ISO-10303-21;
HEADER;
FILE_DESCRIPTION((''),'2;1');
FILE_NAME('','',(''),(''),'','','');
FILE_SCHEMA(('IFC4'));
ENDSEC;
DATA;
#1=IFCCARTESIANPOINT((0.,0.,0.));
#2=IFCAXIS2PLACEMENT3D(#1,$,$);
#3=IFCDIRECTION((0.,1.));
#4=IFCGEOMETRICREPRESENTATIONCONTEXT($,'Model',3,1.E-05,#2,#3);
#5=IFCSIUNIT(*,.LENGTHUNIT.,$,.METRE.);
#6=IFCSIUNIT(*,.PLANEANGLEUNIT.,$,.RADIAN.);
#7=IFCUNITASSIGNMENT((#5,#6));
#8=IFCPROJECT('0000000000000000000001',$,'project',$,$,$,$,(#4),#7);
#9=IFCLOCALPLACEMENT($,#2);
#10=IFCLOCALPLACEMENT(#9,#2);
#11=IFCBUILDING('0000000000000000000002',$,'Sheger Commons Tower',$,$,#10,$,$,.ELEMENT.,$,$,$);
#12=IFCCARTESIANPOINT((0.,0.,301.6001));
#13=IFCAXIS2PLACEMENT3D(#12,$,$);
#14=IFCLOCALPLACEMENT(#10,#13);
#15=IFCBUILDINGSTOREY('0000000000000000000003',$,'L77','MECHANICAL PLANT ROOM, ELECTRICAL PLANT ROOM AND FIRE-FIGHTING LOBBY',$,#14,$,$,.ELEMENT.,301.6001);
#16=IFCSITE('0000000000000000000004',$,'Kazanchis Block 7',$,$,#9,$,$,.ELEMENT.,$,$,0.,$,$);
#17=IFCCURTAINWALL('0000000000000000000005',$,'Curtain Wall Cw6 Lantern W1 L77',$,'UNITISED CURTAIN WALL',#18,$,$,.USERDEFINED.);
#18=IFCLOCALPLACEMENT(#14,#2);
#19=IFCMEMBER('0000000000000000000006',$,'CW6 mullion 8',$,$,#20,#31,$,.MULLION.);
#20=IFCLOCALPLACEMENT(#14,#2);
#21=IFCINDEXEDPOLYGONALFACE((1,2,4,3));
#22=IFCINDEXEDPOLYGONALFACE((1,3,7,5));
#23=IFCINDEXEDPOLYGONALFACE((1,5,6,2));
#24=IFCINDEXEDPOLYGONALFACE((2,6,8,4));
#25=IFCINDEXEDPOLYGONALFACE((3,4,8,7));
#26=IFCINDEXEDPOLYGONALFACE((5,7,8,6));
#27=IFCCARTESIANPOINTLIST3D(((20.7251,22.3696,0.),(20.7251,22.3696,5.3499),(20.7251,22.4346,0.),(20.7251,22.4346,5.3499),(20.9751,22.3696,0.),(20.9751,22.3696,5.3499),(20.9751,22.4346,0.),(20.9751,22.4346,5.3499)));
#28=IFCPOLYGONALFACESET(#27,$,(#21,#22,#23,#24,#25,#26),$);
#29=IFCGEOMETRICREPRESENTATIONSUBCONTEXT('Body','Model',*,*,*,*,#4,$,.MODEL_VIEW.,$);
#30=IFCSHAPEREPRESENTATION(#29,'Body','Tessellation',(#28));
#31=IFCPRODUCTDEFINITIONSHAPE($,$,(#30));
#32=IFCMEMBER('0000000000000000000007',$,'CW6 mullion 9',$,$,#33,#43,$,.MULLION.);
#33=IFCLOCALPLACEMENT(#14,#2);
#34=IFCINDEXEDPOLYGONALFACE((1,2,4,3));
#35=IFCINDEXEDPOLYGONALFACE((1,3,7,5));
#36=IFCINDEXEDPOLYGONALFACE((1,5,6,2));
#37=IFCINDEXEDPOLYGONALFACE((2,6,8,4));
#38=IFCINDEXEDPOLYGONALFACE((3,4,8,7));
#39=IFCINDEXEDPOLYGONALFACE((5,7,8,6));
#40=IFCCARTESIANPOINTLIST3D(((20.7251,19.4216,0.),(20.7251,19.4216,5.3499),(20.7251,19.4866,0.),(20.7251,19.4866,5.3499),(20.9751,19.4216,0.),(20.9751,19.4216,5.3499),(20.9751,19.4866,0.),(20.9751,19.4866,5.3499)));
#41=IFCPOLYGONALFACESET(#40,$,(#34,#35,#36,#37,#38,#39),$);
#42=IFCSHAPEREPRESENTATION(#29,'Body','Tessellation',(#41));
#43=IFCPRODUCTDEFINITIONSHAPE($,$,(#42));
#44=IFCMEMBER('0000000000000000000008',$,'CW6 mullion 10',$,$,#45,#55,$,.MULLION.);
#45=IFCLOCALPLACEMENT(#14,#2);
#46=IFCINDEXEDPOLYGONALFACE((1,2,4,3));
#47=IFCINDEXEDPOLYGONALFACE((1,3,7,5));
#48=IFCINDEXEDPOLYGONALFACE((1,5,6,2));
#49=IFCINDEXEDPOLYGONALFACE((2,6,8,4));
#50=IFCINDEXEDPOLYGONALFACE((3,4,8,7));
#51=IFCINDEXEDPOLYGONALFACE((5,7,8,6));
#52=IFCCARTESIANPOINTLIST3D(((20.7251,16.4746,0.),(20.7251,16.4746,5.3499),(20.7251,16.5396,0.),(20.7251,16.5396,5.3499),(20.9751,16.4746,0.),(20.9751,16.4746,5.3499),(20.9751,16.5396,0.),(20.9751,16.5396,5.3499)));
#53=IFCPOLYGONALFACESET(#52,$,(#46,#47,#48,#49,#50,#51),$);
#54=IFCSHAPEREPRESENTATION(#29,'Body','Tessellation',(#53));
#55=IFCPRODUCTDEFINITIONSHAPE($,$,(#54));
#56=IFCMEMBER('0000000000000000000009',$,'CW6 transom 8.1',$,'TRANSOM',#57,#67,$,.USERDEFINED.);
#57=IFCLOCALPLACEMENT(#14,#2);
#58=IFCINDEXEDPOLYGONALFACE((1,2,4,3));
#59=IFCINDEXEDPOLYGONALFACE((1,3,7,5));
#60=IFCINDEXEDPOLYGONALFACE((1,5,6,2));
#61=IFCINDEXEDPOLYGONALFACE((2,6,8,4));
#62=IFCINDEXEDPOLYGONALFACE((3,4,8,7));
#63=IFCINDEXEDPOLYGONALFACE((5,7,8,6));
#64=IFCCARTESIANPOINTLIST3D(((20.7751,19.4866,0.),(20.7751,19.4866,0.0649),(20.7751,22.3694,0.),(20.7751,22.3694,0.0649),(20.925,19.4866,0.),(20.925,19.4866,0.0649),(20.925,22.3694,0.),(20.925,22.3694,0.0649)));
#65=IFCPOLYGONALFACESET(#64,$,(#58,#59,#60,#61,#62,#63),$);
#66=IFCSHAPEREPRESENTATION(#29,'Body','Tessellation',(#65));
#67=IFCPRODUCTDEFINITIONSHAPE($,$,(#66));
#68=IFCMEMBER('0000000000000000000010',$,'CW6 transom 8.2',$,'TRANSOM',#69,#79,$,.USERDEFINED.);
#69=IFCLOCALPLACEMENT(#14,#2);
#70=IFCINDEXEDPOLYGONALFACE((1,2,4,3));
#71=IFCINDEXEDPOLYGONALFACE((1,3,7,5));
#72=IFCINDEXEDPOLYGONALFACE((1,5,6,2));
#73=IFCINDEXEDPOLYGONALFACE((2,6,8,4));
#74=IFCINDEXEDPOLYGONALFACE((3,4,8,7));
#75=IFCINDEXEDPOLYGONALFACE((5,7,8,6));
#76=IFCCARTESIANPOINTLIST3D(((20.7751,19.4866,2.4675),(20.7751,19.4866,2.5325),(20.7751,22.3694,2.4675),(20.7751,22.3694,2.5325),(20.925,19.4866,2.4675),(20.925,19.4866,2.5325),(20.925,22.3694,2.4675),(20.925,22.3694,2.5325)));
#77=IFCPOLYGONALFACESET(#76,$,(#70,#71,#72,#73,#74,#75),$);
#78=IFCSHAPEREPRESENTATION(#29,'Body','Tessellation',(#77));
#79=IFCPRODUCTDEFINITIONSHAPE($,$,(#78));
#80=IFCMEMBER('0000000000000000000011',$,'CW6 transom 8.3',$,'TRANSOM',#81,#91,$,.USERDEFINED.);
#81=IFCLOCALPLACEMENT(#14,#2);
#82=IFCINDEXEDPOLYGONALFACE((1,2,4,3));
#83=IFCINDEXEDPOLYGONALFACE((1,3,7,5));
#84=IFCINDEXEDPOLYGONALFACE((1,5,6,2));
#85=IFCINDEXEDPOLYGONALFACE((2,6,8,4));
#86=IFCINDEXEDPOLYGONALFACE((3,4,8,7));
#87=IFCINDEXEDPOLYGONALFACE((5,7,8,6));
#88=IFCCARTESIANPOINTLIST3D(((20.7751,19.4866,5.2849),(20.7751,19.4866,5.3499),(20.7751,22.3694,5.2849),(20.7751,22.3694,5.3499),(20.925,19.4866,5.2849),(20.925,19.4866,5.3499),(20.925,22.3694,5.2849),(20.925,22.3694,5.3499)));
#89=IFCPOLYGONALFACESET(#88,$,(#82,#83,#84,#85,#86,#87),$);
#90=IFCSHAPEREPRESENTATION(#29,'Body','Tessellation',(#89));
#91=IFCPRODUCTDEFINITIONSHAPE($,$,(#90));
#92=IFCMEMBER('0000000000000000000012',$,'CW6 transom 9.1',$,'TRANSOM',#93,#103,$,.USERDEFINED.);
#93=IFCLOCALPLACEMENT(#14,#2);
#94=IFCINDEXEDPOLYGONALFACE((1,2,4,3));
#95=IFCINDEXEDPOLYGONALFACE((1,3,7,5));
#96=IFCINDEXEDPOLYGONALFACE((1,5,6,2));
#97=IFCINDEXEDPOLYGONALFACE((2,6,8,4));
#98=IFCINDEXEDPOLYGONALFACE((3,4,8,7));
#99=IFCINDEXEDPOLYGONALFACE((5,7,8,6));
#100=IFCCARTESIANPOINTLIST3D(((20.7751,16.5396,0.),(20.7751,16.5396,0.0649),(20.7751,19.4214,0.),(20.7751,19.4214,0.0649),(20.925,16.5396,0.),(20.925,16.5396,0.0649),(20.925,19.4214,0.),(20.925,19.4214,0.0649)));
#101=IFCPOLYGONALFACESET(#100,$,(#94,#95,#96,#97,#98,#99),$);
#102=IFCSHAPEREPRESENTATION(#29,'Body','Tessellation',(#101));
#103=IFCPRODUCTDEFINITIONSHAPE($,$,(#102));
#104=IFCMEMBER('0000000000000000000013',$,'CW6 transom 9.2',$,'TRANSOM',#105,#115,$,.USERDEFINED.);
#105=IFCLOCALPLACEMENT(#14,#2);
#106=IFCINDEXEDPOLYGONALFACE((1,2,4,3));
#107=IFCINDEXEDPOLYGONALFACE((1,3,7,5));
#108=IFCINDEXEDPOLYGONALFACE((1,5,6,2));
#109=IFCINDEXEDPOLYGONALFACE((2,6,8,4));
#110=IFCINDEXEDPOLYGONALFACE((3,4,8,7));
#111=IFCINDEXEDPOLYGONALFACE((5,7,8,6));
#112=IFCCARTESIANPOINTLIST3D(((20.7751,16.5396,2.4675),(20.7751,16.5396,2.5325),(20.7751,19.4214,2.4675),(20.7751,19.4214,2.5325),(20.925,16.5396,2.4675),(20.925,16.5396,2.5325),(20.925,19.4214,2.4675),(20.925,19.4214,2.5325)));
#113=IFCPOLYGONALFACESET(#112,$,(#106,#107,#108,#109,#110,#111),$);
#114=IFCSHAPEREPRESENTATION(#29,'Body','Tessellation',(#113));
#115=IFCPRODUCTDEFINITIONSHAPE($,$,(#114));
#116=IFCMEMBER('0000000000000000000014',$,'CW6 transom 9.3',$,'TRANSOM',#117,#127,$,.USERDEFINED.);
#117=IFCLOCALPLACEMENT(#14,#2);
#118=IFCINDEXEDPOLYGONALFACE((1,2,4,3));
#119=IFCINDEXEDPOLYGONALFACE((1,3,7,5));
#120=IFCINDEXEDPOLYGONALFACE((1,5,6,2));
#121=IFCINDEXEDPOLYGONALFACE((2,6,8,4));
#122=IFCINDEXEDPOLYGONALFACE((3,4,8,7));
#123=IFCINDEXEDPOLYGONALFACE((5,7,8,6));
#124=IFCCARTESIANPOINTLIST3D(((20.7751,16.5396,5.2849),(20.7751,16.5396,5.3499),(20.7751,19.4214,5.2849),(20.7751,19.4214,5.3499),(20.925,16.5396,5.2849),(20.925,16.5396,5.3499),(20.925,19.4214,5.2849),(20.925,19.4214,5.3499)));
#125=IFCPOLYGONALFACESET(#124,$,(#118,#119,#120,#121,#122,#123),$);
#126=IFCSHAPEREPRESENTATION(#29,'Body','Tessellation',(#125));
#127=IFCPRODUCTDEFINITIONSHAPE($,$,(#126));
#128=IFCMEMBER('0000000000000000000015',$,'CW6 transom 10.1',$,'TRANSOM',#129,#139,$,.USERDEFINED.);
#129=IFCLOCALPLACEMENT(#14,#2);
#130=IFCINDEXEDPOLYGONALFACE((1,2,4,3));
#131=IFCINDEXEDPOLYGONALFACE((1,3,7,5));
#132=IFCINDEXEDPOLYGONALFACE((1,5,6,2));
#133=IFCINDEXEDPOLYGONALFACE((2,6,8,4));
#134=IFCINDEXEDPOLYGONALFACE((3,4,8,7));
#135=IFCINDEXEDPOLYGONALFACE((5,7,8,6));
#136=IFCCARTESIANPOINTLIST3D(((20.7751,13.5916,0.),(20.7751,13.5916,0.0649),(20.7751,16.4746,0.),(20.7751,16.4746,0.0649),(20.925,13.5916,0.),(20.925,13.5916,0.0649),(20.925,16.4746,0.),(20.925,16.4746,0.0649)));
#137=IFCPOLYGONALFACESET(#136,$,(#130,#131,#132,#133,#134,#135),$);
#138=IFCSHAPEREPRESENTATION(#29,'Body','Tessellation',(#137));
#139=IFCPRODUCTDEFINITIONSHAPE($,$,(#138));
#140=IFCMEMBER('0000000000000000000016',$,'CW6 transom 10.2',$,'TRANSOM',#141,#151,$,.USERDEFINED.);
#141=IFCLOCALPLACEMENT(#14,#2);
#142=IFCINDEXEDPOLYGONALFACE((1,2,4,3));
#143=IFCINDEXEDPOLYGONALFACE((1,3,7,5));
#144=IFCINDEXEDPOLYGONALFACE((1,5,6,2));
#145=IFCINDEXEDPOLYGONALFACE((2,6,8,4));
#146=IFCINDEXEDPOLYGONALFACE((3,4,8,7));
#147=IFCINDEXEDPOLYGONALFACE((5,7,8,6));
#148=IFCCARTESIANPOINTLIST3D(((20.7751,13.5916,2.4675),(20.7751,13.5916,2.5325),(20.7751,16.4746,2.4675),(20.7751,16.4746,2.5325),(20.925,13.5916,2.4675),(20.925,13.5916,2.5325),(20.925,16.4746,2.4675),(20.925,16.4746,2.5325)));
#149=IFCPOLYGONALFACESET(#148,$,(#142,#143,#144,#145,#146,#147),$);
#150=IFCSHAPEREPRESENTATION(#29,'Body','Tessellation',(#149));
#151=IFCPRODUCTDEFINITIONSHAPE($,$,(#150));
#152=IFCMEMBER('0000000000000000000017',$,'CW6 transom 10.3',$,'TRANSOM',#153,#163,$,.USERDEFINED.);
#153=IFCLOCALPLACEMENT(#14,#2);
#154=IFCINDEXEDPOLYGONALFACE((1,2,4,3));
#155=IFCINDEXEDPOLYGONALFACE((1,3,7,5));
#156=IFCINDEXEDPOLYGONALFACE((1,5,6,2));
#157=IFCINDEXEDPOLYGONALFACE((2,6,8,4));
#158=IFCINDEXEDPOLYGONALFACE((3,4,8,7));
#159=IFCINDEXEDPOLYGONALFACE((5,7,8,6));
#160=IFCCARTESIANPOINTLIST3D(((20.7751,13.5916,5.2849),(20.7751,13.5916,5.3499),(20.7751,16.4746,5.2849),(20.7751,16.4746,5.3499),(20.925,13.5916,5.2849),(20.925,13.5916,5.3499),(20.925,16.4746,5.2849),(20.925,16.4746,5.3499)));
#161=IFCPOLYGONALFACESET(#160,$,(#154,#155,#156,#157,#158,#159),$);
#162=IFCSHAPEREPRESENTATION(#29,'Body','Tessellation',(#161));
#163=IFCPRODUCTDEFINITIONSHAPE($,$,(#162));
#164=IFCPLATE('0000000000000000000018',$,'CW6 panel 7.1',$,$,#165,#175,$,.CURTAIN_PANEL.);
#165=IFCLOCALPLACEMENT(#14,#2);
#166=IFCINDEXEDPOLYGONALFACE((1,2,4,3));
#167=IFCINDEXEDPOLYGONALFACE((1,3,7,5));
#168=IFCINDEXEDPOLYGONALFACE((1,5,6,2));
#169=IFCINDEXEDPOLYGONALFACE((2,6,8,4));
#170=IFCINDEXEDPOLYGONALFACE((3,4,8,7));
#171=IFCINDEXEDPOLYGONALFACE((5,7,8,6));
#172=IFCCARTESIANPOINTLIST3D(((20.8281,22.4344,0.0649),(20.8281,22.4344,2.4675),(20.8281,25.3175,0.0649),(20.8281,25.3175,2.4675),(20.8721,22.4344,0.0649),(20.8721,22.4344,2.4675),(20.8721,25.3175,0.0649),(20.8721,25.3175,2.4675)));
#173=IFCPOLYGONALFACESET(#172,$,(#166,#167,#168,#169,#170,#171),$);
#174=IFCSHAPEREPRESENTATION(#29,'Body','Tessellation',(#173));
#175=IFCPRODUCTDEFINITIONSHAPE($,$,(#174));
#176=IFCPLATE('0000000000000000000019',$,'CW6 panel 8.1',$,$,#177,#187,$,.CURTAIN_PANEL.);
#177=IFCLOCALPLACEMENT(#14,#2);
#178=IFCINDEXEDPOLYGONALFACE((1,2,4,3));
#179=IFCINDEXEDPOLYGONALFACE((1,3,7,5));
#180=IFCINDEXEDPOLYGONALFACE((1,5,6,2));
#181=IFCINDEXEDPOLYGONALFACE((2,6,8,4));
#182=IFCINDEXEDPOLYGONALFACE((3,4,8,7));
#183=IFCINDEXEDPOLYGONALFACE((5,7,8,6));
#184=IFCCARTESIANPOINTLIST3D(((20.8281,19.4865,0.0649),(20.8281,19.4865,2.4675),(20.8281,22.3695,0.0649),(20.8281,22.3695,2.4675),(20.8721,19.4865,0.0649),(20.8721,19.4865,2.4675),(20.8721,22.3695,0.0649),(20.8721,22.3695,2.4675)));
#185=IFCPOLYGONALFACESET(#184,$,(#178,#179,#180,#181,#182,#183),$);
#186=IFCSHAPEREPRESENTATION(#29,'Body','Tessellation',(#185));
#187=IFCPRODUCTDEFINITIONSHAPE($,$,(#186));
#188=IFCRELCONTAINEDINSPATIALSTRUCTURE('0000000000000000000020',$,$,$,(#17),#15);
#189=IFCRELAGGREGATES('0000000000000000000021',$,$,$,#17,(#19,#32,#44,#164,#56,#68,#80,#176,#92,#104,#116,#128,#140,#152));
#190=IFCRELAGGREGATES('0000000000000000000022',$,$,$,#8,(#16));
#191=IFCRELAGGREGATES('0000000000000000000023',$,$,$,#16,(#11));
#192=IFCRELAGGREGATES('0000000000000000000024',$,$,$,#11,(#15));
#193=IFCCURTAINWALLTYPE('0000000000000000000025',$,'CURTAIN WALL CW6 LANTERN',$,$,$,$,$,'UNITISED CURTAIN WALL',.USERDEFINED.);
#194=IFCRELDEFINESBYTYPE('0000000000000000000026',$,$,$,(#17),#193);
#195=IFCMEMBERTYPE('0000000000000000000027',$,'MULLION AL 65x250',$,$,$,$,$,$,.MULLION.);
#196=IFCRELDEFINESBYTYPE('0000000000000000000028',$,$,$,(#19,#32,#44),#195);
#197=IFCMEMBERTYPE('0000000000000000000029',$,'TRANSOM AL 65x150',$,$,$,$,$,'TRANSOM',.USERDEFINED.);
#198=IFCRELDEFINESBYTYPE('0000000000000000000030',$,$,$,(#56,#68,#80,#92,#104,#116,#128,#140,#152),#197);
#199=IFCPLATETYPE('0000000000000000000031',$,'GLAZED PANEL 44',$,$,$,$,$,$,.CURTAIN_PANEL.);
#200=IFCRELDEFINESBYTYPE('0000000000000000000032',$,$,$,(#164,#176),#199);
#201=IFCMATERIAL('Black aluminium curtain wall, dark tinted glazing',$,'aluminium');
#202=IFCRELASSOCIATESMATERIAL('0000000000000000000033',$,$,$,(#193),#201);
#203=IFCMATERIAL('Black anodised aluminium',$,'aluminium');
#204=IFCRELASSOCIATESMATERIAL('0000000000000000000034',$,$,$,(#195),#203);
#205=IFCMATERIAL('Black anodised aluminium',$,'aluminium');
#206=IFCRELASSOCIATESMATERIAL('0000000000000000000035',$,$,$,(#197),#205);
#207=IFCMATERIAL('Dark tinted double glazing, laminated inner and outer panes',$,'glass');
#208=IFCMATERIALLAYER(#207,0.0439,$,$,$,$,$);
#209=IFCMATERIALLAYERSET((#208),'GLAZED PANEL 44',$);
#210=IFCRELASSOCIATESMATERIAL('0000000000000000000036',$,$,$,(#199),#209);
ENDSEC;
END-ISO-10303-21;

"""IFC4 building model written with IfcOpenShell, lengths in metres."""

from ifc_helpers import new_model, si_unit, direction, frame, origin, origin_2d, place, context, subcontext, project, spatial, rectangle, extrude, material, layer, layer_set, material_profile, profile_set, type_object, element, aggregate, save


model = new_model("IFC4")

# Units and contexts
model_context = context("Model", 3, precision=1e-05, world=origin(), true_north=direction((0.0, 1.0)))
body_context = subcontext(model_context, "Body", "Model", "MODEL_VIEW")
ifc_project = project(units=[si_unit("LENGTHUNIT", "METRE"), si_unit("PLANEANGLEUNIT", "RADIAN")], contexts=[model_context])

# Site, building, storey
site_placement = place(None, origin())
site = spatial("IfcSite", under=ifc_project, at=site_placement, Name="Kazanchis Block 7", CompositionType="ELEMENT", RefElevation=0.0)
building_placement = place(site_placement, origin())
building = spatial("IfcBuilding", under=site, at=building_placement, Name="Sheger Commons Tower", CompositionType="ELEMENT")
storey_placement = place(building_placement, frame((0.0, 0.0, 301.6001)))
storey = spatial("IfcBuildingStorey", under=building, at=storey_placement, Name="L77", Description="MECHANICAL PLANT ROOM, ELECTRICAL PLANT ROOM AND FIRE-FIGHTING LOBBY", CompositionType="ELEMENT", Elevation=301.6001)

# Curtain wall, members, plates
ifc_material_1 = material(Name="Black aluminium curtain wall, dark tinted glazing", Category="aluminium")
curtain_wall_type = type_object("IfcCurtainWallType", Name="CURTAIN WALL CW6 LANTERN", ElementType="UNITISED CURTAIN WALL", PredefinedType="USERDEFINED", material=ifc_material_1)
curtain_wall_placement = place(storey_placement, origin())
curtain_wall = element("IfcCurtainWall", 1, at=curtain_wall_placement, inside=storey, type_object=curtain_wall_type, Name="Curtain Wall Cw6 Lantern W1 L77", ObjectType="UNITISED CURTAIN WALL", PredefinedType="USERDEFINED")
ifc_material_2 = material(Name="Black anodised aluminium", Category="aluminium")
ifc_material_profile_1 = material_profile(ifc_material_2, rectangle(XDim=0.25, YDim=0.0649, at=origin_2d()), Name="AL 65x250")
ifc_profile_set_1 = profile_set([ifc_material_profile_1], Name="Black anodised aluminium")
member_type_1 = type_object("IfcMemberType", Name="MULLION AL 65x250", PredefinedType="MULLION", material=ifc_profile_set_1)
member_1_placement = place(storey_placement, frame((20.8501, 22.4021, 0.0), z_axis=(0.0, 0.0, 1.0), x_axis=(1.0, 0.0, 0.0)))
member_1 = element("IfcMember", 2, at=member_1_placement, type_object=member_type_1, Name="CW6 mullion 8", PredefinedType="MULLION", context=body_context, shape_type="SweptSolid", body=[
    extrude(rectangle(XDim=0.25, YDim=0.0649, at=origin_2d()), origin(), (0.0, 0.0, 1.0), 5.3499),
])
member_2_placement = place(storey_placement, frame((20.8501, 19.4541, 0.0), z_axis=(0.0, 0.0, 1.0), x_axis=(1.0, 0.0, 0.0)))
member_2 = element("IfcMember", 3, at=member_2_placement, type_object=member_type_1, Name="CW6 mullion 9", PredefinedType="MULLION", context=body_context, shape_type="SweptSolid", body=[
    extrude(rectangle(XDim=0.25, YDim=0.0649, at=origin_2d()), origin(), (0.0, 0.0, 1.0), 5.3499),
])
member_3_placement = place(storey_placement, frame((20.8501, 16.5071, 0.0), z_axis=(0.0, 0.0, 1.0), x_axis=(1.0, 0.0, 0.0)))
member_3 = element("IfcMember", 4, at=member_3_placement, type_object=member_type_1, Name="CW6 mullion 10", PredefinedType="MULLION", context=body_context, shape_type="SweptSolid", body=[
    extrude(rectangle(XDim=0.25, YDim=0.0649, at=origin_2d()), origin(), (0.0, 0.0, 1.0), 5.3499),
])
ifc_material_3 = material(Name="Black anodised aluminium", Category="aluminium")
ifc_material_profile_2 = material_profile(ifc_material_3, rectangle(XDim=0.1499, YDim=0.0649, at=origin_2d()), Name="AL 65x150")
ifc_profile_set_2 = profile_set([ifc_material_profile_2], Name="Black anodised aluminium")
member_type_2 = type_object("IfcMemberType", Name="TRANSOM AL 65x150", ElementType="TRANSOM", PredefinedType="USERDEFINED", material=ifc_profile_set_2)
member_4_placement = place(storey_placement, frame((20.8501, 22.3694, 0.0325), z_axis=(0.0, -1.0, 0.0), x_axis=(1.0, 0.0, 0.0)))
member_4 = element("IfcMember", 5, at=member_4_placement, type_object=member_type_2, Name="CW6 transom 8.1", ObjectType="TRANSOM", PredefinedType="USERDEFINED", context=body_context, shape_type="SweptSolid", body=[
    extrude(rectangle(XDim=0.1499, YDim=0.0649, at=origin_2d()), origin(), (0.0, 0.0, 1.0), 2.8828),
])
member_5_placement = place(storey_placement, frame((20.8501, 22.3694, 2.5), z_axis=(0.0, -1.0, 0.0), x_axis=(1.0, 0.0, 0.0)))
member_5 = element("IfcMember", 6, at=member_5_placement, type_object=member_type_2, Name="CW6 transom 8.2", ObjectType="TRANSOM", PredefinedType="USERDEFINED", context=body_context, shape_type="SweptSolid", body=[
    extrude(rectangle(XDim=0.1499, YDim=0.0649, at=origin_2d()), origin(), (0.0, 0.0, 1.0), 2.8828),
])
member_6_placement = place(storey_placement, frame((20.8501, 22.3694, 5.3174), z_axis=(0.0, -1.0, 0.0), x_axis=(1.0, 0.0, 0.0)))
member_6 = element("IfcMember", 7, at=member_6_placement, type_object=member_type_2, Name="CW6 transom 8.3", ObjectType="TRANSOM", PredefinedType="USERDEFINED", context=body_context, shape_type="SweptSolid", body=[
    extrude(rectangle(XDim=0.1499, YDim=0.0649, at=origin_2d()), origin(), (0.0, 0.0, 1.0), 2.8828),
])
member_7_placement = place(storey_placement, frame((20.8501, 19.4214, 0.0325), z_axis=(0.0, -1.0, 0.0), x_axis=(1.0, 0.0, 0.0)))
member_7 = element("IfcMember", 8, at=member_7_placement, type_object=member_type_2, Name="CW6 transom 9.1", ObjectType="TRANSOM", PredefinedType="USERDEFINED", context=body_context, shape_type="SweptSolid", body=[
    extrude(rectangle(XDim=0.1499, YDim=0.0649, at=origin_2d()), origin(), (0.0, 0.0, 1.0), 2.8818),
])
member_8_placement = place(storey_placement, frame((20.8501, 19.4214, 2.5), z_axis=(0.0, -1.0, 0.0), x_axis=(1.0, 0.0, 0.0)))
member_8 = element("IfcMember", 9, at=member_8_placement, type_object=member_type_2, Name="CW6 transom 9.2", ObjectType="TRANSOM", PredefinedType="USERDEFINED", context=body_context, shape_type="SweptSolid", body=[
    extrude(rectangle(XDim=0.1499, YDim=0.0649, at=origin_2d()), origin(), (0.0, 0.0, 1.0), 2.8818),
])
member_9_placement = place(storey_placement, frame((20.8501, 19.4214, 5.3174), z_axis=(0.0, -1.0, 0.0), x_axis=(1.0, 0.0, 0.0)))
member_9 = element("IfcMember", 10, at=member_9_placement, type_object=member_type_2, Name="CW6 transom 9.3", ObjectType="TRANSOM", PredefinedType="USERDEFINED", context=body_context, shape_type="SweptSolid", body=[
    extrude(rectangle(XDim=0.1499, YDim=0.0649, at=origin_2d()), origin(), (0.0, 0.0, 1.0), 2.8818),
])
member_10_placement = place(storey_placement, frame((20.8501, 16.4746, 0.0325), z_axis=(0.0, -1.0, 0.0), x_axis=(1.0, 0.0, 0.0)))
member_10 = element("IfcMember", 11, at=member_10_placement, type_object=member_type_2, Name="CW6 transom 10.1", ObjectType="TRANSOM", PredefinedType="USERDEFINED", context=body_context, shape_type="SweptSolid", body=[
    extrude(rectangle(XDim=0.1499, YDim=0.0649, at=origin_2d()), origin(), (0.0, 0.0, 1.0), 2.8831),
])
member_11_placement = place(storey_placement, frame((20.8501, 16.4746, 2.5), z_axis=(0.0, -1.0, 0.0), x_axis=(1.0, 0.0, 0.0)))
member_11 = element("IfcMember", 12, at=member_11_placement, type_object=member_type_2, Name="CW6 transom 10.2", ObjectType="TRANSOM", PredefinedType="USERDEFINED", context=body_context, shape_type="SweptSolid", body=[
    extrude(rectangle(XDim=0.1499, YDim=0.0649, at=origin_2d()), origin(), (0.0, 0.0, 1.0), 2.8831),
])
member_12_placement = place(storey_placement, frame((20.8501, 16.4746, 5.3174), z_axis=(0.0, -1.0, 0.0), x_axis=(1.0, 0.0, 0.0)))
member_12 = element("IfcMember", 13, at=member_12_placement, type_object=member_type_2, Name="CW6 transom 10.3", ObjectType="TRANSOM", PredefinedType="USERDEFINED", context=body_context, shape_type="SweptSolid", body=[
    extrude(rectangle(XDim=0.1499, YDim=0.0649, at=origin_2d()), origin(), (0.0, 0.0, 1.0), 2.8831),
])
ifc_material_4 = material(Name="Dark tinted double glazing, laminated inner and outer panes", Category="glass")
ifc_layer_1 = layer(ifc_material_4, 0.0439)
ifc_layer_set_1 = layer_set([ifc_layer_1], Name="GLAZED PANEL 44")
plate_type = type_object("IfcPlateType", Name="GLAZED PANEL 44", PredefinedType="CURTAIN_PANEL", material=ifc_layer_set_1)
plate_1_placement = place(storey_placement, frame((20.8501, 23.876, 0.0649), z_axis=(0.0, 0.0, 1.0), x_axis=(0.0, -1.0, 0.0)))
plate_1 = element("IfcPlate", 14, at=plate_1_placement, type_object=plate_type, Name="CW6 panel 7.1", PredefinedType="CURTAIN_PANEL", context=body_context, shape_type="SweptSolid", body=[
    extrude(rectangle(XDim=2.8831, YDim=0.0439, at=origin_2d()), origin(), (0.0, 0.0, 1.0), 2.4026),
])
plate_2_placement = place(storey_placement, frame((20.8501, 20.928, 0.0649), z_axis=(0.0, 0.0, 1.0), x_axis=(0.0, -1.0, 0.0)))
plate_2 = element("IfcPlate", 15, at=plate_2_placement, type_object=plate_type, Name="CW6 panel 8.1", PredefinedType="CURTAIN_PANEL", context=body_context, shape_type="SweptSolid", body=[
    extrude(rectangle(XDim=2.8831, YDim=0.0439, at=origin_2d()), origin(), (0.0, 0.0, 1.0), 2.4026),
])
aggregate(curtain_wall, [member_1, member_2, member_3, plate_1, member_4, member_5, member_6, plate_2, member_7, member_8, member_9, member_10, member_11, member_12])

save(model, "model.ifc")
